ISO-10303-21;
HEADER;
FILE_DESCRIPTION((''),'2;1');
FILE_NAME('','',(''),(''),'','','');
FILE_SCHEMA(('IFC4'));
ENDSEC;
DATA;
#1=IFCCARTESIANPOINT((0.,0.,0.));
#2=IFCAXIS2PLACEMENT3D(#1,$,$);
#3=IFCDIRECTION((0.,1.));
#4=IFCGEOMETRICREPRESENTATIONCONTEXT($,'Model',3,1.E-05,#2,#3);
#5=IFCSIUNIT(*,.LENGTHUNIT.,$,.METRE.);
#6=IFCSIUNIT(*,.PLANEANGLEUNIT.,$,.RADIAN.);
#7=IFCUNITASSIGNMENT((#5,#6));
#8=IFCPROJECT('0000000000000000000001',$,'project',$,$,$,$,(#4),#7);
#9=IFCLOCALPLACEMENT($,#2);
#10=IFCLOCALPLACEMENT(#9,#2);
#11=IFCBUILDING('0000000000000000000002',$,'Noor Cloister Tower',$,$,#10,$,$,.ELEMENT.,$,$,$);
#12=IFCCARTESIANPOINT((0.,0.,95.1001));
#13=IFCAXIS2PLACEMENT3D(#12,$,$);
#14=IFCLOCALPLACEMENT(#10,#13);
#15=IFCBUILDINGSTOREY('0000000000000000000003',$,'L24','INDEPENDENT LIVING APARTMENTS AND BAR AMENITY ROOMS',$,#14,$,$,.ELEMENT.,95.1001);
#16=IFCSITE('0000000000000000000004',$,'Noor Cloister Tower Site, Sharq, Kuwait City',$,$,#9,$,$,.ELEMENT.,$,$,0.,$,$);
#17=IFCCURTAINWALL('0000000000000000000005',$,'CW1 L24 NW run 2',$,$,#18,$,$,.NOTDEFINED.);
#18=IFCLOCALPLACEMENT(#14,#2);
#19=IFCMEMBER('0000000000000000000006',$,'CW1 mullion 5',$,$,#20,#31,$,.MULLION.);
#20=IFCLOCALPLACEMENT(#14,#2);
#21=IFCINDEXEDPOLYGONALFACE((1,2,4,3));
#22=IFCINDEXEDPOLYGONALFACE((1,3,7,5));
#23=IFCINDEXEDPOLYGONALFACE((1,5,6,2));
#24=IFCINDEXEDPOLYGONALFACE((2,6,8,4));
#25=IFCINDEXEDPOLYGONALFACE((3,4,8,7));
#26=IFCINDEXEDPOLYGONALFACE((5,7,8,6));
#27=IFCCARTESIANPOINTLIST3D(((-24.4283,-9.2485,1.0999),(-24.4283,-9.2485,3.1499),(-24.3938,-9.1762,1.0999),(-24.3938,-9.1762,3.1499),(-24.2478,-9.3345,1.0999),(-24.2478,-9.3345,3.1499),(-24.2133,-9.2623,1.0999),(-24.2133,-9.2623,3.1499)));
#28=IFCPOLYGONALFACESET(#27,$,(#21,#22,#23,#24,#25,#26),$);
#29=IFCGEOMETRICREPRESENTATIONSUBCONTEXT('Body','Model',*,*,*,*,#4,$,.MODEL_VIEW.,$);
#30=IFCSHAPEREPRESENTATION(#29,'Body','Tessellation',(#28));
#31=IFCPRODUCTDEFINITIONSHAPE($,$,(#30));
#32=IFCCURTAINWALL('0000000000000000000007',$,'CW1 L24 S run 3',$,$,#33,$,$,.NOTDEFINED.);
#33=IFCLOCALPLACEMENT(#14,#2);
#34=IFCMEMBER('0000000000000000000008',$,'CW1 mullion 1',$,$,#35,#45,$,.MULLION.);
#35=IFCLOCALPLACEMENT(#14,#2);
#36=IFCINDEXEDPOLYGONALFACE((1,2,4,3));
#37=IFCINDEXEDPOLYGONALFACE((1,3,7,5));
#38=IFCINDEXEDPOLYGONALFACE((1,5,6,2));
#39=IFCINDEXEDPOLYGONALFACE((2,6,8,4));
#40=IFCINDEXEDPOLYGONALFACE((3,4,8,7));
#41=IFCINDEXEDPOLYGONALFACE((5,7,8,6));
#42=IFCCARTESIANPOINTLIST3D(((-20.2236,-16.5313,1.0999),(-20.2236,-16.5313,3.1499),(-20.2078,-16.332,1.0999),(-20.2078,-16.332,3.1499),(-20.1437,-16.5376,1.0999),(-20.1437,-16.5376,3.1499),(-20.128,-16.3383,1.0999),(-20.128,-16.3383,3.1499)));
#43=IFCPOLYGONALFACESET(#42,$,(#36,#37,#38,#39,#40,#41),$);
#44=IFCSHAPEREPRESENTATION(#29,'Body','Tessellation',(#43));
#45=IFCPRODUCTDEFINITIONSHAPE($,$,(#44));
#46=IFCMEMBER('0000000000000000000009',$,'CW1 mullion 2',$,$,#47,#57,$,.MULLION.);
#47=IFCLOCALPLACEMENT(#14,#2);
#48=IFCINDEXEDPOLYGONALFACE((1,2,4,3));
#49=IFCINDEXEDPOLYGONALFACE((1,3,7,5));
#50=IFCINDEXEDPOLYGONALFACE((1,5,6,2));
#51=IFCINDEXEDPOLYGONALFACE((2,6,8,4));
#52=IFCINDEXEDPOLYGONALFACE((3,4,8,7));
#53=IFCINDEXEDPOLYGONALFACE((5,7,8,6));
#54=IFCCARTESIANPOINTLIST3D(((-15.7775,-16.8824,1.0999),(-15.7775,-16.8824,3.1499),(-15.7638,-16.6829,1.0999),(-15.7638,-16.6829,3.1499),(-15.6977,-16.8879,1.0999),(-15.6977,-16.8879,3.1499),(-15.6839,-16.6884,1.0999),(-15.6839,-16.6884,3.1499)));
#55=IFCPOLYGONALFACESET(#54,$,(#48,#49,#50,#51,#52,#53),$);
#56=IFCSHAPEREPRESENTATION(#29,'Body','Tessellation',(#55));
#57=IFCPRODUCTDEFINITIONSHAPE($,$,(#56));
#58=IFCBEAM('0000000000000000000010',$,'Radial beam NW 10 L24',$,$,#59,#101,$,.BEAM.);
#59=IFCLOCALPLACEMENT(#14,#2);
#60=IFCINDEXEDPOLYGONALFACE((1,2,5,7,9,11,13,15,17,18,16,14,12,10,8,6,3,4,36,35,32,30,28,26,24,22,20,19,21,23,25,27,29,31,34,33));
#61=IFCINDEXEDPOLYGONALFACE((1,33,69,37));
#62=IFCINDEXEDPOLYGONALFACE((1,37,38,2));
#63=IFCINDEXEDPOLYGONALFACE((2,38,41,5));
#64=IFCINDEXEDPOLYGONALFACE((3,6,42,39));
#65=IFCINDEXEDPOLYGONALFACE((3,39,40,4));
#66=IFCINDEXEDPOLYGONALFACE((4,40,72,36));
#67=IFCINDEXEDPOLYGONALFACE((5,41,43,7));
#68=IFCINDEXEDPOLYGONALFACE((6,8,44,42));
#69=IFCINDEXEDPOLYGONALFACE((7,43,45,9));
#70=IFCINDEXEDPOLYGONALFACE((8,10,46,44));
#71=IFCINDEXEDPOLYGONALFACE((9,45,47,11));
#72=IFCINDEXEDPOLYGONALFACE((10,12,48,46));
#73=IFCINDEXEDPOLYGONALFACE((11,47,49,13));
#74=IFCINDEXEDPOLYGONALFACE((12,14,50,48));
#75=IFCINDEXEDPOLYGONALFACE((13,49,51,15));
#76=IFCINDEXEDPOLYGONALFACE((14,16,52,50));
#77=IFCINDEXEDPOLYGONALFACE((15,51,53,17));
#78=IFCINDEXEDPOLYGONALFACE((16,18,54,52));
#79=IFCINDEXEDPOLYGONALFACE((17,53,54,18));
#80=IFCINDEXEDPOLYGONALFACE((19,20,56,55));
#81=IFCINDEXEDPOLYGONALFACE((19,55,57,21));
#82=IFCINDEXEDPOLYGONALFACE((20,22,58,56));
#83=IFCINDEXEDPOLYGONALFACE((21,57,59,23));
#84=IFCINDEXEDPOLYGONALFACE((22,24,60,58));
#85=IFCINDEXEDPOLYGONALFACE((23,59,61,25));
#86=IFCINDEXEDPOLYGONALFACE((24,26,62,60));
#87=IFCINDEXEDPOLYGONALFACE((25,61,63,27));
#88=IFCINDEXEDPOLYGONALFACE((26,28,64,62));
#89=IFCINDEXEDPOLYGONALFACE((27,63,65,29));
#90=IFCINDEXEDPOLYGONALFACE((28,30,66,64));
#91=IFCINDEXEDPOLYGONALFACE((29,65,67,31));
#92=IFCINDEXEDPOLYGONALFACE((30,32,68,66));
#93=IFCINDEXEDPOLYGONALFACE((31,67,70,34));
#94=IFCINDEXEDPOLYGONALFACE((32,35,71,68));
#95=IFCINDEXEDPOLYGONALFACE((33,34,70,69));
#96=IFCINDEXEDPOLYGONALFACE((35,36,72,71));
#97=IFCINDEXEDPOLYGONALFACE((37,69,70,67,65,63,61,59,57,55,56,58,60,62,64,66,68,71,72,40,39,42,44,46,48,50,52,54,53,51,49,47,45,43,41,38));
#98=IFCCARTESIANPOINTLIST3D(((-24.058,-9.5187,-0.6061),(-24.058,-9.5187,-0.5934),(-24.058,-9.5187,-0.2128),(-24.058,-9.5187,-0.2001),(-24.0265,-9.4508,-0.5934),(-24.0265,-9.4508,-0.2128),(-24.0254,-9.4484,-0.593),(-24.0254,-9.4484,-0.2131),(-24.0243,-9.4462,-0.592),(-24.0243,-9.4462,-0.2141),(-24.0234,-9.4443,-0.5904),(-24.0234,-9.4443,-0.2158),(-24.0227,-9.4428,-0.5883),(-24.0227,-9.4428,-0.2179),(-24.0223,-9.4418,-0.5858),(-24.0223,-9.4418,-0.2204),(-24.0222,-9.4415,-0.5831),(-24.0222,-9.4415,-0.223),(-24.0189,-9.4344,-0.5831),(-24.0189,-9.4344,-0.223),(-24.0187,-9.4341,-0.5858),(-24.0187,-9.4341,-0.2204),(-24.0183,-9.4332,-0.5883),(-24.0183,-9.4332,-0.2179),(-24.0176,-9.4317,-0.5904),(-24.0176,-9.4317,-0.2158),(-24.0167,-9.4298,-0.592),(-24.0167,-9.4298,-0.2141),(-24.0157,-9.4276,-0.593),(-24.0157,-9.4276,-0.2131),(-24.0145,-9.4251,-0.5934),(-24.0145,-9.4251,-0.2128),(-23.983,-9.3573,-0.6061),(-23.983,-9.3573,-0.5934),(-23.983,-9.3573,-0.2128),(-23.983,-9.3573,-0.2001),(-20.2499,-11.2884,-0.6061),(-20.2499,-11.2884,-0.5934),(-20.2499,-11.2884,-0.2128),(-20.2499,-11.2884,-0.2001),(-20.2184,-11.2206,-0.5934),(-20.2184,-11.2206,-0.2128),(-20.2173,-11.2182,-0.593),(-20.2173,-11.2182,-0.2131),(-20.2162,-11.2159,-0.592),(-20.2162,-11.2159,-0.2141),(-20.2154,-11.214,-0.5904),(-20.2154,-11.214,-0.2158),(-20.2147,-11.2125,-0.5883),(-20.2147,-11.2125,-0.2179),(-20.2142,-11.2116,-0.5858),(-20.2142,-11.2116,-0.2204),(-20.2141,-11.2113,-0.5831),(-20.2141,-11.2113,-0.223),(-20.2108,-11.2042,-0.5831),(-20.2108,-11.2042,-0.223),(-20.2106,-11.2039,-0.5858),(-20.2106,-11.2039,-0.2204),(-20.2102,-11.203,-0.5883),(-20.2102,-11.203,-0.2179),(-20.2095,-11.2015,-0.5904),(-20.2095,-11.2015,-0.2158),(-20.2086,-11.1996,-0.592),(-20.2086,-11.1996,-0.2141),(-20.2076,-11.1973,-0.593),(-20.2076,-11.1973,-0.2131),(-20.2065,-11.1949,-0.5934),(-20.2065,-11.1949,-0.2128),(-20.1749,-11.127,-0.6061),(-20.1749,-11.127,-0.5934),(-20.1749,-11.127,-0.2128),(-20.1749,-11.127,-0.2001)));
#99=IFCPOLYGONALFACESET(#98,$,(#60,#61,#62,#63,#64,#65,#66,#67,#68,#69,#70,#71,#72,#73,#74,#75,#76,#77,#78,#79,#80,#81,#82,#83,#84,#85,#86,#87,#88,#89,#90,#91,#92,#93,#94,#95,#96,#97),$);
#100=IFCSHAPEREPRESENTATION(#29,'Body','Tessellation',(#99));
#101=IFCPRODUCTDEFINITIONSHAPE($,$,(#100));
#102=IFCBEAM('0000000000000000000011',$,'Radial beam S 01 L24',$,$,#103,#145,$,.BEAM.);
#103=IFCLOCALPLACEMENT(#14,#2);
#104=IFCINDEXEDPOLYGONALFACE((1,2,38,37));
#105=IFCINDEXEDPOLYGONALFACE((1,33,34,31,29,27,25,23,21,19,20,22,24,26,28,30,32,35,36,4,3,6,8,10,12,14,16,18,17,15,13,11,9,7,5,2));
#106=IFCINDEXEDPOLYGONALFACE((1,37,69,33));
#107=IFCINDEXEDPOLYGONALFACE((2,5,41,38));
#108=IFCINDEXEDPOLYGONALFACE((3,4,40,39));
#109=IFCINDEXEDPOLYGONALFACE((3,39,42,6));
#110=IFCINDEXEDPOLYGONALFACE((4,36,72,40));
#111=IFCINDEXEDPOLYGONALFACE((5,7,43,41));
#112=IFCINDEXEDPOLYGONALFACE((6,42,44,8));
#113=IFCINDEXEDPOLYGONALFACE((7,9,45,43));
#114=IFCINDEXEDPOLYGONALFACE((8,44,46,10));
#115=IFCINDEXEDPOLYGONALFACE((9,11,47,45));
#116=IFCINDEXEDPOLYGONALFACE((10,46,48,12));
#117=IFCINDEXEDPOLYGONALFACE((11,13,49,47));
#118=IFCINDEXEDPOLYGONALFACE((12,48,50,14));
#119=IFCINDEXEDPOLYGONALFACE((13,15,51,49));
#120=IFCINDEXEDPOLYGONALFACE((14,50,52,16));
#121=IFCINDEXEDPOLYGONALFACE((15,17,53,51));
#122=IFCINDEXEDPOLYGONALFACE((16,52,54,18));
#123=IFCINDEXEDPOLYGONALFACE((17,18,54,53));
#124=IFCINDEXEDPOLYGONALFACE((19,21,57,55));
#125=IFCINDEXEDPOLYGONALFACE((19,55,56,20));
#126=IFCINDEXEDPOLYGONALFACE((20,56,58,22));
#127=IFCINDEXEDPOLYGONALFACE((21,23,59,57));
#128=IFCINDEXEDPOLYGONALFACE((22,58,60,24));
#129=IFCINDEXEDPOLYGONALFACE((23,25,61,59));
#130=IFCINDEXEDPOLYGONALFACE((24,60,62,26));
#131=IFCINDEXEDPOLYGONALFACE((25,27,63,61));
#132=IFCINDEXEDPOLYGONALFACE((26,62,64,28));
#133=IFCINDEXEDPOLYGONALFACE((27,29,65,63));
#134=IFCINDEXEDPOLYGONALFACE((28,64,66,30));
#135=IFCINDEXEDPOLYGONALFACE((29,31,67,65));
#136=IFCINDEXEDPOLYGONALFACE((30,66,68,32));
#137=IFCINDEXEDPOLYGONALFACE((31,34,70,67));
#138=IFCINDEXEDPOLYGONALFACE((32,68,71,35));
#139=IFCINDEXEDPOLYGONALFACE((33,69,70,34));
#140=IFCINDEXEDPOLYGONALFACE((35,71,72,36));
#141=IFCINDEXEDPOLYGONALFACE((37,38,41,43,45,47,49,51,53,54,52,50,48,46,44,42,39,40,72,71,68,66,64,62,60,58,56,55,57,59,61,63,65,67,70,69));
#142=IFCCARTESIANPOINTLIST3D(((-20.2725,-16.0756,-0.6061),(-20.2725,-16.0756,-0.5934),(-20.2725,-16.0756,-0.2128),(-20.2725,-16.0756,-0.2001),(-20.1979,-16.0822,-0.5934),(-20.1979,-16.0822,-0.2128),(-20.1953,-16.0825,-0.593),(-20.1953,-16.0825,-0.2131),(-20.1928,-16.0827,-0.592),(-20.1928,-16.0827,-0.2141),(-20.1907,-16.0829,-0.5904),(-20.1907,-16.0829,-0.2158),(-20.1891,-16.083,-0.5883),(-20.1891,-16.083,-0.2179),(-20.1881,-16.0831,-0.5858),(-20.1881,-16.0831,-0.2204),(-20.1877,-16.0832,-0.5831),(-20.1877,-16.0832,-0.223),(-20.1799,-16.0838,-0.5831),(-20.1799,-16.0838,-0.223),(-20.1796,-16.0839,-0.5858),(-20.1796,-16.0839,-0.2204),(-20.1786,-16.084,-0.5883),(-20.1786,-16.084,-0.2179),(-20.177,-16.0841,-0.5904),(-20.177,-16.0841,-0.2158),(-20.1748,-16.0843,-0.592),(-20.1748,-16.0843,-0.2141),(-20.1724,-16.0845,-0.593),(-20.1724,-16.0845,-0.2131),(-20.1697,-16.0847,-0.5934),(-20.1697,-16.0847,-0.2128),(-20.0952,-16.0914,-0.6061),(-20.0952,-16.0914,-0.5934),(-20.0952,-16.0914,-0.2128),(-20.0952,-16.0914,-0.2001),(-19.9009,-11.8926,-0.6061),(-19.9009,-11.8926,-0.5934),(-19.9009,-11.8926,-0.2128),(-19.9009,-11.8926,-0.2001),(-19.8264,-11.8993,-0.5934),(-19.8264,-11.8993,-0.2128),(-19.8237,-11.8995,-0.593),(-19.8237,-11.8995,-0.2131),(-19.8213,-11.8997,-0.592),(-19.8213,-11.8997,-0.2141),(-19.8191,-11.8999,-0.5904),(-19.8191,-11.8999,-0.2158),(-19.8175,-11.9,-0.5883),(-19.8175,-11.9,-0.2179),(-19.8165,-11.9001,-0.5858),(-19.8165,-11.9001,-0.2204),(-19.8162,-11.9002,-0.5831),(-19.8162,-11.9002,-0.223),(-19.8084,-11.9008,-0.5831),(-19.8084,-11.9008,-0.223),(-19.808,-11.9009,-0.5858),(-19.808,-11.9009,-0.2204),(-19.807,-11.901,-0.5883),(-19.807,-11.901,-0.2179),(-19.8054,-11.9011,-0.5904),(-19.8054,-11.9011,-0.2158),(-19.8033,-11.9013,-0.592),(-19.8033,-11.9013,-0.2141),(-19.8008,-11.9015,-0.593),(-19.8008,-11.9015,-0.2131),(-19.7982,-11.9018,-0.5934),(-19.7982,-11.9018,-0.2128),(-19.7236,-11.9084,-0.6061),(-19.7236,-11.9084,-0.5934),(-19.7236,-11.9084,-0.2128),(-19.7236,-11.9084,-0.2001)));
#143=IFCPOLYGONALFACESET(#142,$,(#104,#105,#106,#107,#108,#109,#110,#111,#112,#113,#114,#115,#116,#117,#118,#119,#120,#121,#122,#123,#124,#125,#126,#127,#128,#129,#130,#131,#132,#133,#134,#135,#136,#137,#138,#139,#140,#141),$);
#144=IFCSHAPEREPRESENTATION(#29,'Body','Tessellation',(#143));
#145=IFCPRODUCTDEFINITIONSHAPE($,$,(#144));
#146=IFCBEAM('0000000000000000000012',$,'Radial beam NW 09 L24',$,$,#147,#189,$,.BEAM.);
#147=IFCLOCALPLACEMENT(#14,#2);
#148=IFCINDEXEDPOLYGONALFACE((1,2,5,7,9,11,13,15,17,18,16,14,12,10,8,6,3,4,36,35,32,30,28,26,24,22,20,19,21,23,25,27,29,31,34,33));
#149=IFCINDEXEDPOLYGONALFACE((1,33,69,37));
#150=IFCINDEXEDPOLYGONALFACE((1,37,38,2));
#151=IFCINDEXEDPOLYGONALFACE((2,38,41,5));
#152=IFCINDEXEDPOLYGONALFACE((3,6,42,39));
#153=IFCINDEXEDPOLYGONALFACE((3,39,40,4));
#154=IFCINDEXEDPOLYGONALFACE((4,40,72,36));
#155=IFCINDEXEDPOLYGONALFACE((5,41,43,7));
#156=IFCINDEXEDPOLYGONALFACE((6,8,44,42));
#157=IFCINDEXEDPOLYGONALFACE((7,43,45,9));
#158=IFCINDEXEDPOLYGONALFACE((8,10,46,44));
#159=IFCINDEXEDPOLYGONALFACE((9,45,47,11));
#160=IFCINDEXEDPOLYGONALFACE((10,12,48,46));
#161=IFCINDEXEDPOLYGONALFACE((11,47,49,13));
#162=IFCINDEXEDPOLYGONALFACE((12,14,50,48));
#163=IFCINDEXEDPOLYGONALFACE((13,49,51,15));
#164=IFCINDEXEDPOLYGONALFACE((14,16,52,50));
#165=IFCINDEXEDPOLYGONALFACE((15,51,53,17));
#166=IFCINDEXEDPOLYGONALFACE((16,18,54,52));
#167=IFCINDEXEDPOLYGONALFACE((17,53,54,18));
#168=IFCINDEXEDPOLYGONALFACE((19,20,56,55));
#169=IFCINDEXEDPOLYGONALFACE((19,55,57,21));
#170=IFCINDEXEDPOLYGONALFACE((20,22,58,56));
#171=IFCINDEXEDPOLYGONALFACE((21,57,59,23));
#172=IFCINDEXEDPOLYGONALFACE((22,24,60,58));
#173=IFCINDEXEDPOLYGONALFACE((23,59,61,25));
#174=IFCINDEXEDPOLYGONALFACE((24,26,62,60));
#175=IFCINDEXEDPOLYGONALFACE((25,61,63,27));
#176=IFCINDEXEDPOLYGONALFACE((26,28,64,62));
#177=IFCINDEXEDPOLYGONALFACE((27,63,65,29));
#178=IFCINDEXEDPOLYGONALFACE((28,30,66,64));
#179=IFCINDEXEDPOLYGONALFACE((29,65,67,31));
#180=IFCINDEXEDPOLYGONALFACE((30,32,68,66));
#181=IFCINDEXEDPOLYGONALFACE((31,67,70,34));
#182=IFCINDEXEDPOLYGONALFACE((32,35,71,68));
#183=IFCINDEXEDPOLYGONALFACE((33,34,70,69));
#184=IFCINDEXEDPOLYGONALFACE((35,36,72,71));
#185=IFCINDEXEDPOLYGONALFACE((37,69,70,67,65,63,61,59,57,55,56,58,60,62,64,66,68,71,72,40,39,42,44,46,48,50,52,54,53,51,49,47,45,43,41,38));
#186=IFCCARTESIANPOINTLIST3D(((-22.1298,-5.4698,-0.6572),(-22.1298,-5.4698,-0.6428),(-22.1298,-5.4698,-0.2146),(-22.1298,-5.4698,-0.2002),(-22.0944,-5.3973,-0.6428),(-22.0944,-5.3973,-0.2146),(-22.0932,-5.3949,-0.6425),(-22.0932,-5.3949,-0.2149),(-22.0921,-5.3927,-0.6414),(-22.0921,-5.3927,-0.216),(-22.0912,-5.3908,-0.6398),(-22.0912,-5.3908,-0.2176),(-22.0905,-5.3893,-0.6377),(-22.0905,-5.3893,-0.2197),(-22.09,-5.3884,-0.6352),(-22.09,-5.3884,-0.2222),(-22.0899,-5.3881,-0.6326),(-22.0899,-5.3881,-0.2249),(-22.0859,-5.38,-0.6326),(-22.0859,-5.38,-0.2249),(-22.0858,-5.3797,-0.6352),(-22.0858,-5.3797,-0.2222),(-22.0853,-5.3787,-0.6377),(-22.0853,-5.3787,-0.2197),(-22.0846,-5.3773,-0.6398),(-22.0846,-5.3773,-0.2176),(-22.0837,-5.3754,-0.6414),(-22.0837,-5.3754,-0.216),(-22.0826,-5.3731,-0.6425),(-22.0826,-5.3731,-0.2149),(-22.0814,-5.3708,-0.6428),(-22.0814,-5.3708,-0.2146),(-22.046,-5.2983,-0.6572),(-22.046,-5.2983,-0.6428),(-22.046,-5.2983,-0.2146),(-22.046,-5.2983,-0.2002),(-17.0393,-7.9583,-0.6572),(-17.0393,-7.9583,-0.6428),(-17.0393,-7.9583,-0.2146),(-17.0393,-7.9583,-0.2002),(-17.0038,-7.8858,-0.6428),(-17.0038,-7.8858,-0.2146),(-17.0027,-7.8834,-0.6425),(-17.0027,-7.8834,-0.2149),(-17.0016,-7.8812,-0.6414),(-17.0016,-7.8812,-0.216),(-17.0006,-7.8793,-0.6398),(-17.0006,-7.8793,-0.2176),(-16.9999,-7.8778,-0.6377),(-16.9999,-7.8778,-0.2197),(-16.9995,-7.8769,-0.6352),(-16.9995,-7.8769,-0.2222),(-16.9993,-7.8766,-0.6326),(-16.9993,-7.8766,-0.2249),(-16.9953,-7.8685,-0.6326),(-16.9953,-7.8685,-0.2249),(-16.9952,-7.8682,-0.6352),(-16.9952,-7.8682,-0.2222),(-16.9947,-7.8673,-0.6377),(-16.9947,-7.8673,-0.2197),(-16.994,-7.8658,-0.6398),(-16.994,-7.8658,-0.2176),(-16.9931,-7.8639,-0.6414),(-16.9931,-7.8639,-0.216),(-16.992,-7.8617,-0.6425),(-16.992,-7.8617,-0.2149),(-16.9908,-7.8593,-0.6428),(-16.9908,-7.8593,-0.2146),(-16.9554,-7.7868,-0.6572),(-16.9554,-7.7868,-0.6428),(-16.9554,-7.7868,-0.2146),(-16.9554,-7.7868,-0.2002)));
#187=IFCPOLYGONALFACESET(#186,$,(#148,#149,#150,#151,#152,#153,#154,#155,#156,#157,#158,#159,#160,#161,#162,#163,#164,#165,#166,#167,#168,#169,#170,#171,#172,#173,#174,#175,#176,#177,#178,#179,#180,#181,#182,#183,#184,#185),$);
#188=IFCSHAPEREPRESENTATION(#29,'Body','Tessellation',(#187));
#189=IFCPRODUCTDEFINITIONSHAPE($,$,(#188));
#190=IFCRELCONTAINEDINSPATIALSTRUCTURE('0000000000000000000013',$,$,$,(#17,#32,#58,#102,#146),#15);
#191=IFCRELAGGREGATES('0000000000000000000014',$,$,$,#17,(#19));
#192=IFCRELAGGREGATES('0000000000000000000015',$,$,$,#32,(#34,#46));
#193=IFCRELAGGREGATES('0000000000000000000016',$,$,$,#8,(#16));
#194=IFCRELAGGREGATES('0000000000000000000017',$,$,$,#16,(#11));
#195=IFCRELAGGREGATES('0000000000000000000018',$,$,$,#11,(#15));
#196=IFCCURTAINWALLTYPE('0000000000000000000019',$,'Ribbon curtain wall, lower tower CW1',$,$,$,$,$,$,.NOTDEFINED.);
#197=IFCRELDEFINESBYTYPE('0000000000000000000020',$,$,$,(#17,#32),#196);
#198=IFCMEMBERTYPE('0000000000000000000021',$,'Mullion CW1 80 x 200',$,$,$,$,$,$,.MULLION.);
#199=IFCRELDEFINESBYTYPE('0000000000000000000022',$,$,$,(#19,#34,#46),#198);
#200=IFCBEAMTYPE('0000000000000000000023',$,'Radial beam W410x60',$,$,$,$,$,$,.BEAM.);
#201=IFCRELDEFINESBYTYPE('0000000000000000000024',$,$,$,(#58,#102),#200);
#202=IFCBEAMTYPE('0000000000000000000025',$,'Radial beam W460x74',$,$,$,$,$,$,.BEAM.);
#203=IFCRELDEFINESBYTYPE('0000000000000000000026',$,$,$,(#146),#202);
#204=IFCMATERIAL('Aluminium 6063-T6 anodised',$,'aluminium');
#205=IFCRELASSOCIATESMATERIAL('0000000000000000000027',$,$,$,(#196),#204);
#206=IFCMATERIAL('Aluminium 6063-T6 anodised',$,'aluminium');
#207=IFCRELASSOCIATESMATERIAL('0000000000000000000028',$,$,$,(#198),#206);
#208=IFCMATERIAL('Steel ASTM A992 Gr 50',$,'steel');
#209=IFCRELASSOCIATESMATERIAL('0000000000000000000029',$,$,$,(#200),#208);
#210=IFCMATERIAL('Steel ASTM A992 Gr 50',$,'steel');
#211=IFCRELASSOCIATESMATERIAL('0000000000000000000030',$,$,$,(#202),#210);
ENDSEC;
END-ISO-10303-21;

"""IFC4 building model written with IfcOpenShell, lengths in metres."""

from ifc_helpers import new_model, si_unit, direction, frame, origin, origin_2d, place, context, subcontext, project, spatial, rectangle, i_section, extrude, material, material_profile, profile_set, type_object, element, aggregate, save


model = new_model("IFC4")

# Units and contexts
model_context = context("Model", 3, precision=1e-05, world=origin(), true_north=direction((0.0, 1.0)))
body_context = subcontext(model_context, "Body", "Model", "MODEL_VIEW")
ifc_project = project(units=[si_unit("LENGTHUNIT", "METRE"), si_unit("PLANEANGLEUNIT", "RADIAN")], contexts=[model_context])

# Site, building, storey
site_placement = place(None, origin())
site = spatial("IfcSite", under=ifc_project, at=site_placement, Name="Noor Cloister Tower Site, Sharq, Kuwait City", CompositionType="ELEMENT", RefElevation=0.0)
building_placement = place(site_placement, origin())
building = spatial("IfcBuilding", under=site, at=building_placement, Name="Noor Cloister Tower", CompositionType="ELEMENT")
storey_placement = place(building_placement, frame((0.0, 0.0, 95.1001)))
storey = spatial("IfcBuildingStorey", under=building, at=storey_placement, Name="L24", Description="INDEPENDENT LIVING APARTMENTS AND BAR AMENITY ROOMS", CompositionType="ELEMENT", Elevation=95.1001)

# Curtain wall, member
ifc_material_1 = material(Name="Aluminium 6063-T6 anodised", Category="aluminium")
curtain_wall_type = type_object("IfcCurtainWallType", Name="Ribbon curtain wall, lower tower CW1", PredefinedType="NOTDEFINED", material=ifc_material_1)
curtain_wall_1_placement = place(storey_placement, origin())
curtain_wall_1 = element("IfcCurtainWall", 1, at=curtain_wall_1_placement, inside=storey, type_object=curtain_wall_type, Name="CW1 L24 NW run 2", PredefinedType="NOTDEFINED")
ifc_material_2 = material(Name="Aluminium 6063-T6 anodised", Category="aluminium")
ifc_material_profile_1 = material_profile(ifc_material_2, rectangle(XDim=0.2, YDim=0.0801, at=origin_2d()), Name="200 x 80 mullion")
ifc_profile_set_1 = profile_set([ifc_material_profile_1], Name="Aluminium 6063-T6 anodised")
member_type = type_object("IfcMemberType", Name="Mullion CW1 80 x 200", PredefinedType="MULLION", material=ifc_profile_set_1)
member_1_placement = place(storey_placement, frame((-24.3208, -9.2554, 1.0999), z_axis=(0.0, 0.0, 1.0), x_axis=(0.902668, -0.430337, 0.0)))
member_1 = element("IfcMember", 2, at=member_1_placement, type_object=member_type, Name="CW1 mullion 5", PredefinedType="MULLION", context=body_context, shape_type="SweptSolid", body=[
    extrude(rectangle(XDim=0.2, YDim=0.0801, at=origin_2d()), origin(), (0.0, 0.0, 1.0), 2.05),
])

# Curtain wall, members
curtain_wall_2_placement = place(storey_placement, origin())
curtain_wall_2 = element("IfcCurtainWall", 3, at=curtain_wall_2_placement, inside=storey, type_object=curtain_wall_type, Name="CW1 L24 S run 3", PredefinedType="NOTDEFINED")
member_2_placement = place(storey_placement, frame((-20.1758, -16.4348, 1.0999), z_axis=(0.0, 0.0, 1.0), x_axis=(0.078652, 0.996902, 0.0)))
member_2 = element("IfcMember", 4, at=member_2_placement, type_object=member_type, Name="CW1 mullion 1", PredefinedType="MULLION", context=body_context, shape_type="SweptSolid", body=[
    extrude(rectangle(XDim=0.2, YDim=0.0801, at=origin_2d()), origin(), (0.0, 0.0, 1.0), 2.05),
])
member_3_placement = place(storey_placement, frame((-15.7307, -16.7854, 1.0999), z_axis=(0.0, 0.0, 1.0), x_axis=(0.068837, 0.997628, 0.0)))
member_3 = element("IfcMember", 5, at=member_3_placement, type_object=member_type, Name="CW1 mullion 2", PredefinedType="MULLION", context=body_context, shape_type="SweptSolid", body=[
    extrude(rectangle(XDim=0.2, YDim=0.0801, at=origin_2d()), origin(), (0.0, 0.0, 1.0), 2.05),
])

# Beams
ifc_material_3 = material(Name="Steel ASTM A992 Gr 50", Category="steel")
ifc_material_profile_2 = material_profile(ifc_material_3, i_section(OverallWidth=0.178, OverallDepth=0.406, WebThickness=0.0078, FlangeThickness=0.0127, FilletRadius=0.0103, at=origin_2d()), Name="W410x60")
ifc_profile_set_2 = profile_set([ifc_material_profile_2], Name="Steel ASTM A992 Gr 50")
beam_type_1 = type_object("IfcBeamType", Name="Radial beam W410x60", PredefinedType="BEAM", material=ifc_profile_set_2)
beam_1_placement = place(storey_placement, frame((-24.0205, -9.438, -0.4031), z_axis=(0.906852, -0.421449, 0.0), x_axis=(0.421449, 0.906852, 0.0)))
element("IfcBeam", 6, at=beam_1_placement, inside=storey, type_object=beam_type_1, Name="Radial beam NW 10 L24", PredefinedType="BEAM", context=body_context, shape_type="SweptSolid", body=[
    extrude(i_section(OverallWidth=0.178, OverallDepth=0.406, WebThickness=0.0078, FlangeThickness=0.0127, FilletRadius=0.0103, at=origin_2d()), origin(), (0.0, 0.0, 1.0), 4.1992),
])
beam_2_placement = place(storey_placement, frame((-20.1838, -16.0835, -0.4031), z_axis=(0.088481, 0.996078, 0.0), x_axis=(-0.996078, 0.088481, 0.0)))
element("IfcBeam", 7, at=beam_2_placement, inside=storey, type_object=beam_type_1, Name="Radial beam S 01 L24", PredefinedType="BEAM", context=body_context, shape_type="SweptSolid", body=[
    extrude(i_section(OverallWidth=0.178, OverallDepth=0.406, WebThickness=0.0078, FlangeThickness=0.0127, FilletRadius=0.0103, at=origin_2d()), origin(), (0.0, 0.0, 1.0), 4.1995),
])
ifc_material_4 = material(Name="Steel ASTM A992 Gr 50", Category="steel")
ifc_material_profile_3 = material_profile(ifc_material_4, i_section(OverallWidth=0.1909, OverallDepth=0.457, WebThickness=0.009, FlangeThickness=0.0144, FilletRadius=0.0103, at=origin_2d()), Name="W460x74")
ifc_profile_set_3 = profile_set([ifc_material_profile_3], Name="Steel ASTM A992 Gr 50")
beam_type_2 = type_object("IfcBeamType", Name="Radial beam W460x74", PredefinedType="BEAM", material=ifc_profile_set_3)
beam_3_placement = place(storey_placement, frame((-22.0879, -5.384, -0.4287), z_axis=(0.898398, -0.439182, 0.0), x_axis=(0.439182, 0.898398, 0.0)))
element("IfcBeam", 8, at=beam_3_placement, inside=storey, type_object=beam_type_2, Name="Radial beam NW 09 L24", PredefinedType="BEAM", context=body_context, shape_type="SweptSolid", body=[
    extrude(i_section(OverallWidth=0.1909, OverallDepth=0.457, WebThickness=0.009, FlangeThickness=0.0144, FilletRadius=0.0103, at=origin_2d()), origin(), (0.0, 0.0, 1.0), 5.6663),
])

aggregate(curtain_wall_1, [member_1])
aggregate(curtain_wall_2, [member_2, member_3])

save(model, "model.ifc")
